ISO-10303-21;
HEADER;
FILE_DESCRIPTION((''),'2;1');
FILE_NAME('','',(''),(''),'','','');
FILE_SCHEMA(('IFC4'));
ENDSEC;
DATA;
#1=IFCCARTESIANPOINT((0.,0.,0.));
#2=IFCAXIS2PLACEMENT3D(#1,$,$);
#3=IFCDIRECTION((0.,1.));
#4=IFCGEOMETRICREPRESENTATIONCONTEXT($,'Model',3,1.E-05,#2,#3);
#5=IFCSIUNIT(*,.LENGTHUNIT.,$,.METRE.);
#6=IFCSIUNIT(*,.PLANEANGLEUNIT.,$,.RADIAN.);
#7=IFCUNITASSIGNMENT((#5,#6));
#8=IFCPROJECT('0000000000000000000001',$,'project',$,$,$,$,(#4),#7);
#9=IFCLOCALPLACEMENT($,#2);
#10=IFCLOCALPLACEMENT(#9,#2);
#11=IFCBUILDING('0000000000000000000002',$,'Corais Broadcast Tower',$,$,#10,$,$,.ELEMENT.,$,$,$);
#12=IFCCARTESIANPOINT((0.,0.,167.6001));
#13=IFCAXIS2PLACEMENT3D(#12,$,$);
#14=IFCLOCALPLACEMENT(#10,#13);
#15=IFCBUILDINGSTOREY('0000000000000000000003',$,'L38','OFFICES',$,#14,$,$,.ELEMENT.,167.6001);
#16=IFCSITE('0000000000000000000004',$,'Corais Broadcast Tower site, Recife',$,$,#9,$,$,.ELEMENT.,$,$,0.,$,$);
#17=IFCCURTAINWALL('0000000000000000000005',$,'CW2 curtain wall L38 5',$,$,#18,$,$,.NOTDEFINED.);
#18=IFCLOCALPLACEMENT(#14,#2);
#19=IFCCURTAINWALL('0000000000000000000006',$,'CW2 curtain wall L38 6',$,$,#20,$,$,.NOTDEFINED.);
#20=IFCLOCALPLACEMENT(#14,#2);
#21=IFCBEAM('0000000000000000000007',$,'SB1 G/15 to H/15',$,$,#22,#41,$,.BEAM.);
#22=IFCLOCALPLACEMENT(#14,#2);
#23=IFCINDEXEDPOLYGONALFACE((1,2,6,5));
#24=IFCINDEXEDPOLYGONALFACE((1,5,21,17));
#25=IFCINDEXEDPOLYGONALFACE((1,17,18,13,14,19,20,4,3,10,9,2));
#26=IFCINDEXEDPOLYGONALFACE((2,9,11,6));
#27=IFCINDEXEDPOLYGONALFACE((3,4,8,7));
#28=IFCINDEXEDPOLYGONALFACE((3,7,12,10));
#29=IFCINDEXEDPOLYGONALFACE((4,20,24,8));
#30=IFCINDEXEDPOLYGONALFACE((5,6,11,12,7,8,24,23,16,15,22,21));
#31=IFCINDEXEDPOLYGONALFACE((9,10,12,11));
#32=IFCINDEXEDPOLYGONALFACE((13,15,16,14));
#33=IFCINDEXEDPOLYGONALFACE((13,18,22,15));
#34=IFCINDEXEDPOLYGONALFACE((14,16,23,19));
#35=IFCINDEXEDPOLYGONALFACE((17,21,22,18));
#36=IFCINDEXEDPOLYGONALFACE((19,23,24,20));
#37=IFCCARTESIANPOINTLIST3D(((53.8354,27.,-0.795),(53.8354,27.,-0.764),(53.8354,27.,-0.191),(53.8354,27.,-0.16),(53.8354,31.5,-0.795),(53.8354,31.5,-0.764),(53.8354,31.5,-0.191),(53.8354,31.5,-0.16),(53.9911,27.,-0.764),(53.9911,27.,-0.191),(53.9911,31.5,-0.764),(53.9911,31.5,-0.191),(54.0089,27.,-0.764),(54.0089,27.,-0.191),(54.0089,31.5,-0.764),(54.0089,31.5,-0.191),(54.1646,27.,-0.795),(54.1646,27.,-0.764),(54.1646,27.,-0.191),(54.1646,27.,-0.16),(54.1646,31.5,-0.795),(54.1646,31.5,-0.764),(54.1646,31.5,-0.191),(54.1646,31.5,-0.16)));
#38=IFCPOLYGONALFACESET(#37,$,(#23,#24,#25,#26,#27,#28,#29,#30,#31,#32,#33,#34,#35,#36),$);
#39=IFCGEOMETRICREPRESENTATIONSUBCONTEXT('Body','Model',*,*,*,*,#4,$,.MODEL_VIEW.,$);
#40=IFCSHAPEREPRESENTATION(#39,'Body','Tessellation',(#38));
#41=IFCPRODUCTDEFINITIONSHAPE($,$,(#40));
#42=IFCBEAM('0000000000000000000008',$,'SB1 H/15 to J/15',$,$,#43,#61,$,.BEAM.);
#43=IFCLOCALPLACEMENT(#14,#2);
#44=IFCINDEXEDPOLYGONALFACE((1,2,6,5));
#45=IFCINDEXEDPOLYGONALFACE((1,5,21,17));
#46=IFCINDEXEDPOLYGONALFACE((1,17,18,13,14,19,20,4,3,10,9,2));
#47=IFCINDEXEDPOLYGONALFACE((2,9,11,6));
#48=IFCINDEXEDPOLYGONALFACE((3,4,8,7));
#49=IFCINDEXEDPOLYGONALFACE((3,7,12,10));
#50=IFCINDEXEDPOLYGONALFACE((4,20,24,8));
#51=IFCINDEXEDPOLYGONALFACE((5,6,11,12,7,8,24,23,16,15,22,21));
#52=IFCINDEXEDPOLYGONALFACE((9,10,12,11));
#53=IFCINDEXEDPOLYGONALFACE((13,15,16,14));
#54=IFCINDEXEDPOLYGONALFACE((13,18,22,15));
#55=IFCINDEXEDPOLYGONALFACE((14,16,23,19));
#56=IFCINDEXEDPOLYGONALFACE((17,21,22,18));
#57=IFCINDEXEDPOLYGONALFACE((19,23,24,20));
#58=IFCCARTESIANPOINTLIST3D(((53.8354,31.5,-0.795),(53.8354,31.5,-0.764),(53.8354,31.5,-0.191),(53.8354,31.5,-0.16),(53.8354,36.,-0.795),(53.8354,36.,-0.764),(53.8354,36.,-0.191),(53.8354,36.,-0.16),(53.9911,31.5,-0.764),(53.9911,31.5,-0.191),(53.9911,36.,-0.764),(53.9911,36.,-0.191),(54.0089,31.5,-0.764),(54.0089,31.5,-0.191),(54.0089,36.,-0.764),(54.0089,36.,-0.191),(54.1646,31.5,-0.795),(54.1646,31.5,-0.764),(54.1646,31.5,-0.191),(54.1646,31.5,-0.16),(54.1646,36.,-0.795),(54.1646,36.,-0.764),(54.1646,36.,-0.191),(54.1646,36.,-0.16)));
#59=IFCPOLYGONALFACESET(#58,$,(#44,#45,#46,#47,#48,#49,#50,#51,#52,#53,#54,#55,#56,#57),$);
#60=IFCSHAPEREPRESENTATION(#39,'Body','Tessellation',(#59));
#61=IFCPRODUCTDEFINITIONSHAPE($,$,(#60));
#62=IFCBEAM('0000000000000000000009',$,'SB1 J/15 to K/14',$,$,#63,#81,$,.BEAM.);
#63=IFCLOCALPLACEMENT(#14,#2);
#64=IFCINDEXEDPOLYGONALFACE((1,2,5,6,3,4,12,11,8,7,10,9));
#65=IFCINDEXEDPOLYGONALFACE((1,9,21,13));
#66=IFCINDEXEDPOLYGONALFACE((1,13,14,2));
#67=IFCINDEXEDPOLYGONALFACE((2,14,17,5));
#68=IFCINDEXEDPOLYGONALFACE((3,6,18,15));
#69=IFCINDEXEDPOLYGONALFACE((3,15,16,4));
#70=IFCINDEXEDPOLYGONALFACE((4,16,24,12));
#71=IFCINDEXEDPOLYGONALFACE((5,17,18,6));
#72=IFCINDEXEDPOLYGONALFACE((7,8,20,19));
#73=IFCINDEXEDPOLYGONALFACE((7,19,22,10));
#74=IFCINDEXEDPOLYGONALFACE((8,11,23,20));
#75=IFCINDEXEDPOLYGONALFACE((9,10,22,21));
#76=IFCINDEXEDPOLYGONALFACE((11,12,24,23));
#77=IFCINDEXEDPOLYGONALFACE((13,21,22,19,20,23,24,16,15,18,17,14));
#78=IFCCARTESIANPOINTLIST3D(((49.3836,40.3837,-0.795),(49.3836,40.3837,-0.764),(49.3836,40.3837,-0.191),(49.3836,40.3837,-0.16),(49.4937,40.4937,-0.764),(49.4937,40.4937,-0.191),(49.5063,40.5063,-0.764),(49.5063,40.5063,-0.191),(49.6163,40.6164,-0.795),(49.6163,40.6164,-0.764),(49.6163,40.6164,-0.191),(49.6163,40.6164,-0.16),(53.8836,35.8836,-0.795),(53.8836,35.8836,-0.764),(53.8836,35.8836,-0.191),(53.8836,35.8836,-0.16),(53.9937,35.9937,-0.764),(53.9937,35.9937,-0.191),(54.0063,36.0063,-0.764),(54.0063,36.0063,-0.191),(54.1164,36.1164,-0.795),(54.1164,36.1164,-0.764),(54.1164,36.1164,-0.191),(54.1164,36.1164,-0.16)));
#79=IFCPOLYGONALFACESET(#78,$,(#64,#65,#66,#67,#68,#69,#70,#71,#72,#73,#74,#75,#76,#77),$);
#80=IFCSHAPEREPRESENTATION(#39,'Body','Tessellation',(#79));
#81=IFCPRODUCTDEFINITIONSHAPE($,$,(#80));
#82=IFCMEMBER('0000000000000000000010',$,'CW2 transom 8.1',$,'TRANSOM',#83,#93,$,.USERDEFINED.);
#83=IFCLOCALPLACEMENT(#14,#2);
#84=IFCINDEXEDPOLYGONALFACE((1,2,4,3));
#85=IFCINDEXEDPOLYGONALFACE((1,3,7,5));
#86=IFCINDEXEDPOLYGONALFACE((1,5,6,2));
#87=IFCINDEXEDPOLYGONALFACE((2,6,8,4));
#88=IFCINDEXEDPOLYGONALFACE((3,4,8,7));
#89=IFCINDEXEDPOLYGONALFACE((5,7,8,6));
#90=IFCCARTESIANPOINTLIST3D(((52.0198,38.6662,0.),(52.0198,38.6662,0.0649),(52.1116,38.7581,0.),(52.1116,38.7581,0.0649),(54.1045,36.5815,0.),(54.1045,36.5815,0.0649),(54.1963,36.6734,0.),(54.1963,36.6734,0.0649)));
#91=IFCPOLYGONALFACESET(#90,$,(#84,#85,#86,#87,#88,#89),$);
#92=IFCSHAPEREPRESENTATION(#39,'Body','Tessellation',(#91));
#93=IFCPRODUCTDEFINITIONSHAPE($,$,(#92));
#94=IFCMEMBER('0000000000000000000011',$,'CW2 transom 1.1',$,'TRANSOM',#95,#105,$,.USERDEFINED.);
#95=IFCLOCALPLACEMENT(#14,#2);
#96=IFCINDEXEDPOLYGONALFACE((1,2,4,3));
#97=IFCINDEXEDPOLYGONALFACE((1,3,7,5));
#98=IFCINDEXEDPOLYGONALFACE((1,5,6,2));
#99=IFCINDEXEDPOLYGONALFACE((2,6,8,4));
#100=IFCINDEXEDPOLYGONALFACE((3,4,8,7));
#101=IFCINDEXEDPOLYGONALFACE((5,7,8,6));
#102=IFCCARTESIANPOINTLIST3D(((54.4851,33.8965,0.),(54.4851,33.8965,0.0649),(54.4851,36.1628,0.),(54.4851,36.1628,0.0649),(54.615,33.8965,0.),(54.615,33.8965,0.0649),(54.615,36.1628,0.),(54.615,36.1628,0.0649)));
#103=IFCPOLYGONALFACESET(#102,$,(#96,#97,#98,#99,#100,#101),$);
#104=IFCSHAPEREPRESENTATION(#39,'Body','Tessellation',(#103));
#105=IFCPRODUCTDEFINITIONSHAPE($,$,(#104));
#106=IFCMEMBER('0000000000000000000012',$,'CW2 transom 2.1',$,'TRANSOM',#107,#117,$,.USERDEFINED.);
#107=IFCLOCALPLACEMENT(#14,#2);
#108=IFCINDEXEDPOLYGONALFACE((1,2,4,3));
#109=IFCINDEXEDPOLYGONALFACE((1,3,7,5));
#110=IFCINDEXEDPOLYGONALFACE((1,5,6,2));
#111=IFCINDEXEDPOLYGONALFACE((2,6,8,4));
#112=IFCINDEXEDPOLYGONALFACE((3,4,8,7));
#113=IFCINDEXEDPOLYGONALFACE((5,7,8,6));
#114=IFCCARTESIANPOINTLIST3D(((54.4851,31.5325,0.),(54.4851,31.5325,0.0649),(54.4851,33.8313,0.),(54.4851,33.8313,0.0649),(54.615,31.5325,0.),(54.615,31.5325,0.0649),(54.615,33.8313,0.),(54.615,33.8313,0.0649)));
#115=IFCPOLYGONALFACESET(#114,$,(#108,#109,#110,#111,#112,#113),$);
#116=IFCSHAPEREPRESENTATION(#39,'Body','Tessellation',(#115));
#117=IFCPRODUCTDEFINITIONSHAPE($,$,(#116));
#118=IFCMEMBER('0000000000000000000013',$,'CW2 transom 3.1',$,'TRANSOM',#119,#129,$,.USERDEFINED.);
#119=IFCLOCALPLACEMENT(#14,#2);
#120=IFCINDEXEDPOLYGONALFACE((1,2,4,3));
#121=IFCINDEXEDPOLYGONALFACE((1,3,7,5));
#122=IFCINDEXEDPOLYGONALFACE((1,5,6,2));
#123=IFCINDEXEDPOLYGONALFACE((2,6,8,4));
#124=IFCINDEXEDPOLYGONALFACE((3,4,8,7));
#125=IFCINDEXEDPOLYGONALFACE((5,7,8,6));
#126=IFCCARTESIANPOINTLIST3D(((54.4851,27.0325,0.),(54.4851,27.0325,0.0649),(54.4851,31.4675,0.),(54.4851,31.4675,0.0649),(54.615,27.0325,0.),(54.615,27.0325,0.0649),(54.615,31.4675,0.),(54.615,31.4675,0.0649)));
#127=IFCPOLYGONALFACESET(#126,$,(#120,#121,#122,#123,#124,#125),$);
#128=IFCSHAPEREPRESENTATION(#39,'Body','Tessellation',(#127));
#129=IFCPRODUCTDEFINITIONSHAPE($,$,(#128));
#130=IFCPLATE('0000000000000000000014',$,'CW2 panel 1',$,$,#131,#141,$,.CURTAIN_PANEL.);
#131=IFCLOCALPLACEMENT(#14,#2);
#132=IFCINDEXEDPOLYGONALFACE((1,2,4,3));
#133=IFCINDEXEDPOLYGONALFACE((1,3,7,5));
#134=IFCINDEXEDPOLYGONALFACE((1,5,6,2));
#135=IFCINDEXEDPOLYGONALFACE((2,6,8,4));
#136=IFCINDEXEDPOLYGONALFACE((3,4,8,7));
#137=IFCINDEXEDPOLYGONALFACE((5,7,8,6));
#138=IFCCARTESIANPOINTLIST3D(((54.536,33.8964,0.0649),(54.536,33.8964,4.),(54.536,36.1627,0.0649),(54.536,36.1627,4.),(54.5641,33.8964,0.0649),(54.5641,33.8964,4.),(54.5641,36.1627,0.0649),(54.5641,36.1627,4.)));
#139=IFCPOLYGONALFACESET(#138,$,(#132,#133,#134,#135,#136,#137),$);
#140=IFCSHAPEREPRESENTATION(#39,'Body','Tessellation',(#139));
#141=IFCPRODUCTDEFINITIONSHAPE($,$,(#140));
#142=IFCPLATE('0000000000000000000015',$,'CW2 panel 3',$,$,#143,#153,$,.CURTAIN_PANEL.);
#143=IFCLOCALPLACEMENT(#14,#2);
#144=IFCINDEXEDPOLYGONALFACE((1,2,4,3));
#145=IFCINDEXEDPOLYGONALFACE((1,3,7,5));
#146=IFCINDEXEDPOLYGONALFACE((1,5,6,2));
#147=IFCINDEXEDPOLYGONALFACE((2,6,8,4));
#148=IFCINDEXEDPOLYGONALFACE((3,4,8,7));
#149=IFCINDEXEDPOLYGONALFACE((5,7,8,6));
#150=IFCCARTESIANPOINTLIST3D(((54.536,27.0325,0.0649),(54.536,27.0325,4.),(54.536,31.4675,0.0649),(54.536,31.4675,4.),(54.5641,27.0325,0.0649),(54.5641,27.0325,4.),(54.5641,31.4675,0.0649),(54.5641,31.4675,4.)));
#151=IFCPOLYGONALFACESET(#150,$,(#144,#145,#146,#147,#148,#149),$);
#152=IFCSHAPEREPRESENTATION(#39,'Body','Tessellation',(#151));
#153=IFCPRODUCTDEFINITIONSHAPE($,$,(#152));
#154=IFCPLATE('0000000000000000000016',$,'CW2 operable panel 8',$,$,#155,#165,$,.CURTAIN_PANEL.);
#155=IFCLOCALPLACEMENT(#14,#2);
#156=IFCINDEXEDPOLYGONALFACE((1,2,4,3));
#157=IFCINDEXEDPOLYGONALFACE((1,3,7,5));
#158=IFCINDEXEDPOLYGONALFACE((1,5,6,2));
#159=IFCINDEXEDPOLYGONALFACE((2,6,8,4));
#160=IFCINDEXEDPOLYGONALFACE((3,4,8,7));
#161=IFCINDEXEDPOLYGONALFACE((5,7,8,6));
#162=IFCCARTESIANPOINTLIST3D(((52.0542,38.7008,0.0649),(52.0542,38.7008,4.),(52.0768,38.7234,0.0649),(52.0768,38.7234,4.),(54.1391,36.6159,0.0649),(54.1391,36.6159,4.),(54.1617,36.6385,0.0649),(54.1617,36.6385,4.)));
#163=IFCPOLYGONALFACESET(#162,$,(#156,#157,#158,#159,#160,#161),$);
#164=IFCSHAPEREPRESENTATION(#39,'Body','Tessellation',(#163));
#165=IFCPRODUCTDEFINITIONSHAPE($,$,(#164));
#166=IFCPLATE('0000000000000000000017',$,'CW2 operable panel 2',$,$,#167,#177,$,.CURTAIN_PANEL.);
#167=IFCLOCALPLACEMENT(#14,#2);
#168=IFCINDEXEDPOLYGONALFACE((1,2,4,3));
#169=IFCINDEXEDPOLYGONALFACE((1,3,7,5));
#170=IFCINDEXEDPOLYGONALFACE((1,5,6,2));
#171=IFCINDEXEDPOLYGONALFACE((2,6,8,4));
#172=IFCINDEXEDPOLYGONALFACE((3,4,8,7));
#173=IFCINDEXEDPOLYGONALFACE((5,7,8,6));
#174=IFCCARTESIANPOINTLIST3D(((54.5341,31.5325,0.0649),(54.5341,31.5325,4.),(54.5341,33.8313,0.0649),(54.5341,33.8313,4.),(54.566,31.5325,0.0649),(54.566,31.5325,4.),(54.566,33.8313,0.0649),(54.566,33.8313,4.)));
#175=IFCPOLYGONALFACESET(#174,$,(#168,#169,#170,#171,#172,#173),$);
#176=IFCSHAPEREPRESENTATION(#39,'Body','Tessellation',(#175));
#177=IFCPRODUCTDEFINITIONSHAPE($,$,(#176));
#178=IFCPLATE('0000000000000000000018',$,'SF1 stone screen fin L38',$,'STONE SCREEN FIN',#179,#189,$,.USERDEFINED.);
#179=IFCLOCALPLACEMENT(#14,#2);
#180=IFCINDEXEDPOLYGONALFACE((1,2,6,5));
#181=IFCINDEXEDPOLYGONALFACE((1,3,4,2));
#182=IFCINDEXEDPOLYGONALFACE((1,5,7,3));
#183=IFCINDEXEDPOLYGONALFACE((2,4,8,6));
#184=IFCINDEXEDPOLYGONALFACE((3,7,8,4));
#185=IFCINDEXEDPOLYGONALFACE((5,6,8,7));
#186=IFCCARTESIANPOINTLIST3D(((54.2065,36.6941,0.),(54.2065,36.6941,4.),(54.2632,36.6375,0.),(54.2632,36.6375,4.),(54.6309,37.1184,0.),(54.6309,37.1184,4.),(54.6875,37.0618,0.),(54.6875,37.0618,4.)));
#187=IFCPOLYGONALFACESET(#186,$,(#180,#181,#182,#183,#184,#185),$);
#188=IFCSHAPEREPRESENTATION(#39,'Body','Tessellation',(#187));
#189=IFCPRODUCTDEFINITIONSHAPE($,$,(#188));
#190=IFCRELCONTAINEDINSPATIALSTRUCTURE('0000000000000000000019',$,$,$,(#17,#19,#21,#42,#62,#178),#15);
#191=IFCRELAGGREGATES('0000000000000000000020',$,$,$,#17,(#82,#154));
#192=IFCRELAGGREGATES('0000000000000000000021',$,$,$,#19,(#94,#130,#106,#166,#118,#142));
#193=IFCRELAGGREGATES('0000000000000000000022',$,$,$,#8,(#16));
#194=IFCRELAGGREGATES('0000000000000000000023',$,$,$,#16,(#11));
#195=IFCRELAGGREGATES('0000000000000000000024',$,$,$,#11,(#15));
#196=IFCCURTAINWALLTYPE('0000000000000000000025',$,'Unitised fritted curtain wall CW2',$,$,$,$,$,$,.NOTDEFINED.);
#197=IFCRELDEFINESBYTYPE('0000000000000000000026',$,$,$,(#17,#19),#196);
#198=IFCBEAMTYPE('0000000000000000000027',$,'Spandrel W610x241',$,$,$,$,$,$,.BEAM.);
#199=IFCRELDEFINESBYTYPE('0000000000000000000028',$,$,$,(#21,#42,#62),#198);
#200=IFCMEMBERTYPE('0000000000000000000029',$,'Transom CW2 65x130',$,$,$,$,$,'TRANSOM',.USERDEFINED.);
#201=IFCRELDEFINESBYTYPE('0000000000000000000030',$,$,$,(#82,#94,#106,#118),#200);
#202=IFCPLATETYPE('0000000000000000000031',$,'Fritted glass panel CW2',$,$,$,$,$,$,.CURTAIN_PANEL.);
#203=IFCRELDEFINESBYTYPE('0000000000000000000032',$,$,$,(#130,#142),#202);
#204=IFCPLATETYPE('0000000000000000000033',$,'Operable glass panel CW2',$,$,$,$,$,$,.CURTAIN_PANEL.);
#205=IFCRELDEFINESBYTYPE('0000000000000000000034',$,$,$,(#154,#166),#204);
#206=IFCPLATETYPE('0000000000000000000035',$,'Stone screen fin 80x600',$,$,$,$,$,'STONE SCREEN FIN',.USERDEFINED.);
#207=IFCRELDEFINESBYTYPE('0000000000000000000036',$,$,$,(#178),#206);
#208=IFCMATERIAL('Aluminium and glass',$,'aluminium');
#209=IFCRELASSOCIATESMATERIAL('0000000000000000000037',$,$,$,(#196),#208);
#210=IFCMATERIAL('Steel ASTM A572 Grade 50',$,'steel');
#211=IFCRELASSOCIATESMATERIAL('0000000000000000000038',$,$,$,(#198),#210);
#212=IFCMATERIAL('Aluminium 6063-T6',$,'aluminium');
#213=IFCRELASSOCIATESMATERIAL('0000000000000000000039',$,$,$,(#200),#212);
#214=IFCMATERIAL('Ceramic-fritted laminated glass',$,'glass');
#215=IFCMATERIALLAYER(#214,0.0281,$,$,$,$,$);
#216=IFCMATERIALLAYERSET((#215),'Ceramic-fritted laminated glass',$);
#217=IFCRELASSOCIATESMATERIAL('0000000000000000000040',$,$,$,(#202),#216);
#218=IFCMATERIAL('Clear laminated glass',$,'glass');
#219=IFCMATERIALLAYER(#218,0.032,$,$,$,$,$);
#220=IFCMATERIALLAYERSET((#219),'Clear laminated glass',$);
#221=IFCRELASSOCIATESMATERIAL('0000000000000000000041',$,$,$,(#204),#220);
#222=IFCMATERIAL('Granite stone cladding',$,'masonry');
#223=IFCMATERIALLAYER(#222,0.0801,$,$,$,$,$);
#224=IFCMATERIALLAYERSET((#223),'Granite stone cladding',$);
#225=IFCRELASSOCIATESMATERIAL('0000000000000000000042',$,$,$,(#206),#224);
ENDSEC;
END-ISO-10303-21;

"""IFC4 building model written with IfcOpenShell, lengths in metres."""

from ifc_helpers import new_model, si_unit, direction, frame, origin, origin_2d, place, context, subcontext, project, spatial, rectangle, i_section, extrude, material, layer, layer_set, material_profile, profile_set, type_object, element, aggregate, save


model = new_model("IFC4")

# Units and contexts
model_context = context("Model", 3, precision=1e-05, world=origin(), true_north=direction((0.0, 1.0)))
body_context = subcontext(model_context, "Body", "Model", "MODEL_VIEW")
ifc_project = project(units=[si_unit("LENGTHUNIT", "METRE"), si_unit("PLANEANGLEUNIT", "RADIAN")], contexts=[model_context])

# Site, building, storey
site_placement = place(None, origin())
site = spatial("IfcSite", under=ifc_project, at=site_placement, Name="Corais Broadcast Tower site, Recife", CompositionType="ELEMENT", RefElevation=0.0)
building_placement = place(site_placement, origin())
building = spatial("IfcBuilding", under=site, at=building_placement, Name="Corais Broadcast Tower", CompositionType="ELEMENT")
storey_placement = place(building_placement, frame((0.0, 0.0, 167.6001)))
storey = spatial("IfcBuildingStorey", under=building, at=storey_placement, Name="L38", Description="OFFICES", CompositionType="ELEMENT", Elevation=167.6001)

# Curtain walls
ifc_material_1 = material(Name="Aluminium and glass", Category="aluminium")
curtain_wall_type = type_object("IfcCurtainWallType", Name="Unitised fritted curtain wall CW2", PredefinedType="NOTDEFINED", material=ifc_material_1)
curtain_wall_1_placement = place(storey_placement, origin())
curtain_wall_1 = element("IfcCurtainWall", 1, at=curtain_wall_1_placement, inside=storey, type_object=curtain_wall_type, Name="CW2 curtain wall L38 5", PredefinedType="NOTDEFINED")
curtain_wall_2_placement = place(storey_placement, origin())
curtain_wall_2 = element("IfcCurtainWall", 2, at=curtain_wall_2_placement, inside=storey, type_object=curtain_wall_type, Name="CW2 curtain wall L38 6", PredefinedType="NOTDEFINED")

# Beams
ifc_material_2 = material(Name="Steel ASTM A572 Grade 50", Category="steel")
ifc_material_profile_1 = material_profile(ifc_material_2, i_section(OverallWidth=0.3291, OverallDepth=0.635, WebThickness=0.0178, FlangeThickness=0.031, at=origin_2d()), Name="W610x241")
ifc_profile_set_1 = profile_set([ifc_material_profile_1], Name="Steel ASTM A572 Grade 50")
beam_type_1 = type_object("IfcBeamType", Name="Spandrel W610x241", PredefinedType="BEAM", material=ifc_profile_set_1)
for number, where, z_axis, x_axis, name in (
    (3, (54.0, 27.0, -0.4775), (0.0, 1.0, 0.0), (-1.0, 0.0, 0.0), "SB1 G/15 to H/15"),
    (4, (54.0, 31.5, -0.4775), (0.0, 1.0, 0.0), (-1.0, 0.0, 0.0), "SB1 H/15 to J/15"),
):
    element("IfcBeam", number, at=place(storey_placement, frame(where, z_axis=z_axis, x_axis=x_axis)), inside=storey, type_object=beam_type_1, Name=name, PredefinedType="BEAM", context=body_context, shape_type="SweptSolid", body=[
        extrude(i_section(OverallWidth=0.3291, OverallDepth=0.635, WebThickness=0.0178, FlangeThickness=0.031, at=origin_2d()), origin(), (0.0, 0.0, 1.0), 4.5),
    ])
beam_placement = place(storey_placement, frame((54.0, 36.0, -0.4775), z_axis=(-0.707107, 0.707107, 0.0), x_axis=(-0.707107, -0.707107, 0.0)))
element("IfcBeam", 5, at=beam_placement, inside=storey, type_object=beam_type_1, Name="SB1 J/15 to K/14", PredefinedType="BEAM", context=body_context, shape_type="SweptSolid", body=[
    extrude(i_section(OverallWidth=0.3291, OverallDepth=0.635, WebThickness=0.0178, FlangeThickness=0.031, at=origin_2d()), origin(), (0.0, 0.0, 1.0), 6.364),
])

# Members
ifc_material_3 = material(Name="Aluminium 6063-T6", Category="aluminium")
ifc_material_profile_2 = material_profile(ifc_material_3, rectangle(XDim=0.1299, YDim=0.0649, at=origin_2d()), Name="Transom CW2 65x130")
ifc_profile_set_2 = profile_set([ifc_material_profile_2], Name="Aluminium 6063-T6")
member_type_1 = type_object("IfcMemberType", Name="Transom CW2 65x130", ElementType="TRANSOM", PredefinedType="USERDEFINED", material=ifc_profile_set_2)
member_1_placement = place(storey_placement, frame((52.0657, 38.7122, 0.0325), z_axis=(0.707107, -0.707107, 0.0), x_axis=(0.707107, 0.707107, 0.0)))
member_1 = element("IfcMember", 6, at=member_1_placement, type_object=member_type_1, Name="CW2 transom 8.1", ObjectType="TRANSOM", PredefinedType="USERDEFINED", context=body_context, shape_type="SweptSolid", body=[
    extrude(rectangle(XDim=0.1299, YDim=0.0649, at=origin_2d()), origin(), (0.0, 0.0, 1.0), 2.9482),
])
member_2_placement = place(storey_placement, frame((54.55, 36.1628, 0.0325), z_axis=(0.0, -1.0, 0.0), x_axis=(1.0, 0.0, 0.0)))
member_2 = element("IfcMember", 7, at=member_2_placement, type_object=member_type_1, Name="CW2 transom 1.1", ObjectType="TRANSOM", PredefinedType="USERDEFINED", context=body_context, shape_type="SweptSolid", body=[
    extrude(rectangle(XDim=0.1299, YDim=0.0649, at=origin_2d()), origin(), (0.0, 0.0, 1.0), 2.2664),
])
member_3_placement = place(storey_placement, frame((54.55, 33.8313, 0.0325), z_axis=(0.0, -1.0, 0.0), x_axis=(1.0, 0.0, 0.0)))
member_3 = element("IfcMember", 8, at=member_3_placement, type_object=member_type_1, Name="CW2 transom 2.1", ObjectType="TRANSOM", PredefinedType="USERDEFINED", context=body_context, shape_type="SweptSolid", body=[
    extrude(rectangle(XDim=0.1299, YDim=0.0649, at=origin_2d()), origin(), (0.0, 0.0, 1.0), 2.2988),
])
member_4_placement = place(storey_placement, frame((54.55, 31.4675, 0.0325), z_axis=(0.0, -1.0, 0.0), x_axis=(1.0, 0.0, 0.0)))
member_4 = element("IfcMember", 9, at=member_4_placement, type_object=member_type_1, Name="CW2 transom 3.1", ObjectType="TRANSOM", PredefinedType="USERDEFINED", context=body_context, shape_type="SweptSolid", body=[
    extrude(rectangle(XDim=0.1299, YDim=0.0649, at=origin_2d()), origin(), (0.0, 0.0, 1.0), 4.4351),
])

# Plates
ifc_material_4 = material(Name="Ceramic-fritted laminated glass", Category="glass")
ifc_layer_1 = layer(ifc_material_4, 0.0281)
ifc_layer_set_1 = layer_set([ifc_layer_1], Name="Ceramic-fritted laminated glass")
plate_type_1 = type_object("IfcPlateType", Name="Fritted glass panel CW2", PredefinedType="CURTAIN_PANEL", material=ifc_layer_set_1)
plate_1_placement = place(storey_placement, frame((54.55, 35.0295, 0.0649), z_axis=(0.0, 0.0, 1.0), x_axis=(0.0, -1.0, 0.0)))
plate_1 = element("IfcPlate", 10, at=plate_1_placement, type_object=plate_type_1, Name="CW2 panel 1", PredefinedType="CURTAIN_PANEL", context=body_context, shape_type="SweptSolid", body=[
    extrude(rectangle(XDim=2.2664, YDim=0.0281, at=origin_2d()), origin(), (0.0, 0.0, 1.0), 3.9351),
])
plate_2_placement = place(storey_placement, frame((54.55, 29.25, 0.0649), z_axis=(0.0, 0.0, 1.0), x_axis=(0.0, -1.0, 0.0)))
plate_2 = element("IfcPlate", 11, at=plate_2_placement, type_object=plate_type_1, Name="CW2 panel 3", PredefinedType="CURTAIN_PANEL", context=body_context, shape_type="SweptSolid", body=[
    extrude(rectangle(XDim=4.4351, YDim=0.0281, at=origin_2d()), origin(), (0.0, 0.0, 1.0), 3.9351),
])
ifc_material_5 = material(Name="Clear laminated glass", Category="glass")
ifc_layer_2 = layer(ifc_material_5, 0.032)
ifc_layer_set_2 = layer_set([ifc_layer_2], Name="Clear laminated glass")
plate_type_2 = type_object("IfcPlateType", Name="Operable glass panel CW2", PredefinedType="CURTAIN_PANEL", material=ifc_layer_set_2)
plate_3_placement = place(storey_placement, frame((53.1079, 37.6697, 0.0649), z_axis=(0.0, 0.0, 1.0), x_axis=(0.707107, -0.707107, 0.0)))
plate_3 = element("IfcPlate", 12, at=plate_3_placement, type_object=plate_type_2, Name="CW2 operable panel 8", PredefinedType="CURTAIN_PANEL", context=body_context, shape_type="SweptSolid", body=[
    extrude(rectangle(XDim=2.9485, YDim=0.032, at=origin_2d()), origin(), (0.0, 0.0, 1.0), 3.9351),
])
aggregate(curtain_wall_1, [member_1, plate_3])
plate_4_placement = place(storey_placement, frame((54.55, 32.6819, 0.0649), z_axis=(0.0, 0.0, 1.0), x_axis=(0.0, -1.0, 0.0)))
plate_4 = element("IfcPlate", 13, at=plate_4_placement, type_object=plate_type_2, Name="CW2 operable panel 2", PredefinedType="CURTAIN_PANEL", context=body_context, shape_type="SweptSolid", body=[
    extrude(rectangle(XDim=2.2988, YDim=0.032, at=origin_2d()), origin(), (0.0, 0.0, 1.0), 3.9351),
])
aggregate(curtain_wall_2, [member_2, plate_1, member_3, plate_4, member_4, plate_2])
ifc_material_6 = material(Name="Granite stone cladding", Category="masonry")
ifc_layer_3 = layer(ifc_material_6, 0.0801)
ifc_layer_set_3 = layer_set([ifc_layer_3], Name="Granite stone cladding")
plate_type_3 = type_object("IfcPlateType", Name="Stone screen fin 80x600", ElementType="STONE SCREEN FIN", PredefinedType="USERDEFINED", material=ifc_layer_set_3)
plate_5_placement = place(storey_placement, frame((54.447, 36.8779, 0.0), z_axis=(0.0, 0.0, 1.0), x_axis=(0.707107, -0.707107, 0.0)))
element("IfcPlate", 14, at=plate_5_placement, inside=storey, type_object=plate_type_3, Name="SF1 stone screen fin L38", ObjectType="STONE SCREEN FIN", PredefinedType="USERDEFINED", context=body_context, shape_type="SweptSolid", body=[
    extrude(rectangle(XDim=0.0801, YDim=0.6001, at=origin_2d()), origin(), (0.0, 0.0, 1.0), 4.0),
])

save(model, "model.ifc")
